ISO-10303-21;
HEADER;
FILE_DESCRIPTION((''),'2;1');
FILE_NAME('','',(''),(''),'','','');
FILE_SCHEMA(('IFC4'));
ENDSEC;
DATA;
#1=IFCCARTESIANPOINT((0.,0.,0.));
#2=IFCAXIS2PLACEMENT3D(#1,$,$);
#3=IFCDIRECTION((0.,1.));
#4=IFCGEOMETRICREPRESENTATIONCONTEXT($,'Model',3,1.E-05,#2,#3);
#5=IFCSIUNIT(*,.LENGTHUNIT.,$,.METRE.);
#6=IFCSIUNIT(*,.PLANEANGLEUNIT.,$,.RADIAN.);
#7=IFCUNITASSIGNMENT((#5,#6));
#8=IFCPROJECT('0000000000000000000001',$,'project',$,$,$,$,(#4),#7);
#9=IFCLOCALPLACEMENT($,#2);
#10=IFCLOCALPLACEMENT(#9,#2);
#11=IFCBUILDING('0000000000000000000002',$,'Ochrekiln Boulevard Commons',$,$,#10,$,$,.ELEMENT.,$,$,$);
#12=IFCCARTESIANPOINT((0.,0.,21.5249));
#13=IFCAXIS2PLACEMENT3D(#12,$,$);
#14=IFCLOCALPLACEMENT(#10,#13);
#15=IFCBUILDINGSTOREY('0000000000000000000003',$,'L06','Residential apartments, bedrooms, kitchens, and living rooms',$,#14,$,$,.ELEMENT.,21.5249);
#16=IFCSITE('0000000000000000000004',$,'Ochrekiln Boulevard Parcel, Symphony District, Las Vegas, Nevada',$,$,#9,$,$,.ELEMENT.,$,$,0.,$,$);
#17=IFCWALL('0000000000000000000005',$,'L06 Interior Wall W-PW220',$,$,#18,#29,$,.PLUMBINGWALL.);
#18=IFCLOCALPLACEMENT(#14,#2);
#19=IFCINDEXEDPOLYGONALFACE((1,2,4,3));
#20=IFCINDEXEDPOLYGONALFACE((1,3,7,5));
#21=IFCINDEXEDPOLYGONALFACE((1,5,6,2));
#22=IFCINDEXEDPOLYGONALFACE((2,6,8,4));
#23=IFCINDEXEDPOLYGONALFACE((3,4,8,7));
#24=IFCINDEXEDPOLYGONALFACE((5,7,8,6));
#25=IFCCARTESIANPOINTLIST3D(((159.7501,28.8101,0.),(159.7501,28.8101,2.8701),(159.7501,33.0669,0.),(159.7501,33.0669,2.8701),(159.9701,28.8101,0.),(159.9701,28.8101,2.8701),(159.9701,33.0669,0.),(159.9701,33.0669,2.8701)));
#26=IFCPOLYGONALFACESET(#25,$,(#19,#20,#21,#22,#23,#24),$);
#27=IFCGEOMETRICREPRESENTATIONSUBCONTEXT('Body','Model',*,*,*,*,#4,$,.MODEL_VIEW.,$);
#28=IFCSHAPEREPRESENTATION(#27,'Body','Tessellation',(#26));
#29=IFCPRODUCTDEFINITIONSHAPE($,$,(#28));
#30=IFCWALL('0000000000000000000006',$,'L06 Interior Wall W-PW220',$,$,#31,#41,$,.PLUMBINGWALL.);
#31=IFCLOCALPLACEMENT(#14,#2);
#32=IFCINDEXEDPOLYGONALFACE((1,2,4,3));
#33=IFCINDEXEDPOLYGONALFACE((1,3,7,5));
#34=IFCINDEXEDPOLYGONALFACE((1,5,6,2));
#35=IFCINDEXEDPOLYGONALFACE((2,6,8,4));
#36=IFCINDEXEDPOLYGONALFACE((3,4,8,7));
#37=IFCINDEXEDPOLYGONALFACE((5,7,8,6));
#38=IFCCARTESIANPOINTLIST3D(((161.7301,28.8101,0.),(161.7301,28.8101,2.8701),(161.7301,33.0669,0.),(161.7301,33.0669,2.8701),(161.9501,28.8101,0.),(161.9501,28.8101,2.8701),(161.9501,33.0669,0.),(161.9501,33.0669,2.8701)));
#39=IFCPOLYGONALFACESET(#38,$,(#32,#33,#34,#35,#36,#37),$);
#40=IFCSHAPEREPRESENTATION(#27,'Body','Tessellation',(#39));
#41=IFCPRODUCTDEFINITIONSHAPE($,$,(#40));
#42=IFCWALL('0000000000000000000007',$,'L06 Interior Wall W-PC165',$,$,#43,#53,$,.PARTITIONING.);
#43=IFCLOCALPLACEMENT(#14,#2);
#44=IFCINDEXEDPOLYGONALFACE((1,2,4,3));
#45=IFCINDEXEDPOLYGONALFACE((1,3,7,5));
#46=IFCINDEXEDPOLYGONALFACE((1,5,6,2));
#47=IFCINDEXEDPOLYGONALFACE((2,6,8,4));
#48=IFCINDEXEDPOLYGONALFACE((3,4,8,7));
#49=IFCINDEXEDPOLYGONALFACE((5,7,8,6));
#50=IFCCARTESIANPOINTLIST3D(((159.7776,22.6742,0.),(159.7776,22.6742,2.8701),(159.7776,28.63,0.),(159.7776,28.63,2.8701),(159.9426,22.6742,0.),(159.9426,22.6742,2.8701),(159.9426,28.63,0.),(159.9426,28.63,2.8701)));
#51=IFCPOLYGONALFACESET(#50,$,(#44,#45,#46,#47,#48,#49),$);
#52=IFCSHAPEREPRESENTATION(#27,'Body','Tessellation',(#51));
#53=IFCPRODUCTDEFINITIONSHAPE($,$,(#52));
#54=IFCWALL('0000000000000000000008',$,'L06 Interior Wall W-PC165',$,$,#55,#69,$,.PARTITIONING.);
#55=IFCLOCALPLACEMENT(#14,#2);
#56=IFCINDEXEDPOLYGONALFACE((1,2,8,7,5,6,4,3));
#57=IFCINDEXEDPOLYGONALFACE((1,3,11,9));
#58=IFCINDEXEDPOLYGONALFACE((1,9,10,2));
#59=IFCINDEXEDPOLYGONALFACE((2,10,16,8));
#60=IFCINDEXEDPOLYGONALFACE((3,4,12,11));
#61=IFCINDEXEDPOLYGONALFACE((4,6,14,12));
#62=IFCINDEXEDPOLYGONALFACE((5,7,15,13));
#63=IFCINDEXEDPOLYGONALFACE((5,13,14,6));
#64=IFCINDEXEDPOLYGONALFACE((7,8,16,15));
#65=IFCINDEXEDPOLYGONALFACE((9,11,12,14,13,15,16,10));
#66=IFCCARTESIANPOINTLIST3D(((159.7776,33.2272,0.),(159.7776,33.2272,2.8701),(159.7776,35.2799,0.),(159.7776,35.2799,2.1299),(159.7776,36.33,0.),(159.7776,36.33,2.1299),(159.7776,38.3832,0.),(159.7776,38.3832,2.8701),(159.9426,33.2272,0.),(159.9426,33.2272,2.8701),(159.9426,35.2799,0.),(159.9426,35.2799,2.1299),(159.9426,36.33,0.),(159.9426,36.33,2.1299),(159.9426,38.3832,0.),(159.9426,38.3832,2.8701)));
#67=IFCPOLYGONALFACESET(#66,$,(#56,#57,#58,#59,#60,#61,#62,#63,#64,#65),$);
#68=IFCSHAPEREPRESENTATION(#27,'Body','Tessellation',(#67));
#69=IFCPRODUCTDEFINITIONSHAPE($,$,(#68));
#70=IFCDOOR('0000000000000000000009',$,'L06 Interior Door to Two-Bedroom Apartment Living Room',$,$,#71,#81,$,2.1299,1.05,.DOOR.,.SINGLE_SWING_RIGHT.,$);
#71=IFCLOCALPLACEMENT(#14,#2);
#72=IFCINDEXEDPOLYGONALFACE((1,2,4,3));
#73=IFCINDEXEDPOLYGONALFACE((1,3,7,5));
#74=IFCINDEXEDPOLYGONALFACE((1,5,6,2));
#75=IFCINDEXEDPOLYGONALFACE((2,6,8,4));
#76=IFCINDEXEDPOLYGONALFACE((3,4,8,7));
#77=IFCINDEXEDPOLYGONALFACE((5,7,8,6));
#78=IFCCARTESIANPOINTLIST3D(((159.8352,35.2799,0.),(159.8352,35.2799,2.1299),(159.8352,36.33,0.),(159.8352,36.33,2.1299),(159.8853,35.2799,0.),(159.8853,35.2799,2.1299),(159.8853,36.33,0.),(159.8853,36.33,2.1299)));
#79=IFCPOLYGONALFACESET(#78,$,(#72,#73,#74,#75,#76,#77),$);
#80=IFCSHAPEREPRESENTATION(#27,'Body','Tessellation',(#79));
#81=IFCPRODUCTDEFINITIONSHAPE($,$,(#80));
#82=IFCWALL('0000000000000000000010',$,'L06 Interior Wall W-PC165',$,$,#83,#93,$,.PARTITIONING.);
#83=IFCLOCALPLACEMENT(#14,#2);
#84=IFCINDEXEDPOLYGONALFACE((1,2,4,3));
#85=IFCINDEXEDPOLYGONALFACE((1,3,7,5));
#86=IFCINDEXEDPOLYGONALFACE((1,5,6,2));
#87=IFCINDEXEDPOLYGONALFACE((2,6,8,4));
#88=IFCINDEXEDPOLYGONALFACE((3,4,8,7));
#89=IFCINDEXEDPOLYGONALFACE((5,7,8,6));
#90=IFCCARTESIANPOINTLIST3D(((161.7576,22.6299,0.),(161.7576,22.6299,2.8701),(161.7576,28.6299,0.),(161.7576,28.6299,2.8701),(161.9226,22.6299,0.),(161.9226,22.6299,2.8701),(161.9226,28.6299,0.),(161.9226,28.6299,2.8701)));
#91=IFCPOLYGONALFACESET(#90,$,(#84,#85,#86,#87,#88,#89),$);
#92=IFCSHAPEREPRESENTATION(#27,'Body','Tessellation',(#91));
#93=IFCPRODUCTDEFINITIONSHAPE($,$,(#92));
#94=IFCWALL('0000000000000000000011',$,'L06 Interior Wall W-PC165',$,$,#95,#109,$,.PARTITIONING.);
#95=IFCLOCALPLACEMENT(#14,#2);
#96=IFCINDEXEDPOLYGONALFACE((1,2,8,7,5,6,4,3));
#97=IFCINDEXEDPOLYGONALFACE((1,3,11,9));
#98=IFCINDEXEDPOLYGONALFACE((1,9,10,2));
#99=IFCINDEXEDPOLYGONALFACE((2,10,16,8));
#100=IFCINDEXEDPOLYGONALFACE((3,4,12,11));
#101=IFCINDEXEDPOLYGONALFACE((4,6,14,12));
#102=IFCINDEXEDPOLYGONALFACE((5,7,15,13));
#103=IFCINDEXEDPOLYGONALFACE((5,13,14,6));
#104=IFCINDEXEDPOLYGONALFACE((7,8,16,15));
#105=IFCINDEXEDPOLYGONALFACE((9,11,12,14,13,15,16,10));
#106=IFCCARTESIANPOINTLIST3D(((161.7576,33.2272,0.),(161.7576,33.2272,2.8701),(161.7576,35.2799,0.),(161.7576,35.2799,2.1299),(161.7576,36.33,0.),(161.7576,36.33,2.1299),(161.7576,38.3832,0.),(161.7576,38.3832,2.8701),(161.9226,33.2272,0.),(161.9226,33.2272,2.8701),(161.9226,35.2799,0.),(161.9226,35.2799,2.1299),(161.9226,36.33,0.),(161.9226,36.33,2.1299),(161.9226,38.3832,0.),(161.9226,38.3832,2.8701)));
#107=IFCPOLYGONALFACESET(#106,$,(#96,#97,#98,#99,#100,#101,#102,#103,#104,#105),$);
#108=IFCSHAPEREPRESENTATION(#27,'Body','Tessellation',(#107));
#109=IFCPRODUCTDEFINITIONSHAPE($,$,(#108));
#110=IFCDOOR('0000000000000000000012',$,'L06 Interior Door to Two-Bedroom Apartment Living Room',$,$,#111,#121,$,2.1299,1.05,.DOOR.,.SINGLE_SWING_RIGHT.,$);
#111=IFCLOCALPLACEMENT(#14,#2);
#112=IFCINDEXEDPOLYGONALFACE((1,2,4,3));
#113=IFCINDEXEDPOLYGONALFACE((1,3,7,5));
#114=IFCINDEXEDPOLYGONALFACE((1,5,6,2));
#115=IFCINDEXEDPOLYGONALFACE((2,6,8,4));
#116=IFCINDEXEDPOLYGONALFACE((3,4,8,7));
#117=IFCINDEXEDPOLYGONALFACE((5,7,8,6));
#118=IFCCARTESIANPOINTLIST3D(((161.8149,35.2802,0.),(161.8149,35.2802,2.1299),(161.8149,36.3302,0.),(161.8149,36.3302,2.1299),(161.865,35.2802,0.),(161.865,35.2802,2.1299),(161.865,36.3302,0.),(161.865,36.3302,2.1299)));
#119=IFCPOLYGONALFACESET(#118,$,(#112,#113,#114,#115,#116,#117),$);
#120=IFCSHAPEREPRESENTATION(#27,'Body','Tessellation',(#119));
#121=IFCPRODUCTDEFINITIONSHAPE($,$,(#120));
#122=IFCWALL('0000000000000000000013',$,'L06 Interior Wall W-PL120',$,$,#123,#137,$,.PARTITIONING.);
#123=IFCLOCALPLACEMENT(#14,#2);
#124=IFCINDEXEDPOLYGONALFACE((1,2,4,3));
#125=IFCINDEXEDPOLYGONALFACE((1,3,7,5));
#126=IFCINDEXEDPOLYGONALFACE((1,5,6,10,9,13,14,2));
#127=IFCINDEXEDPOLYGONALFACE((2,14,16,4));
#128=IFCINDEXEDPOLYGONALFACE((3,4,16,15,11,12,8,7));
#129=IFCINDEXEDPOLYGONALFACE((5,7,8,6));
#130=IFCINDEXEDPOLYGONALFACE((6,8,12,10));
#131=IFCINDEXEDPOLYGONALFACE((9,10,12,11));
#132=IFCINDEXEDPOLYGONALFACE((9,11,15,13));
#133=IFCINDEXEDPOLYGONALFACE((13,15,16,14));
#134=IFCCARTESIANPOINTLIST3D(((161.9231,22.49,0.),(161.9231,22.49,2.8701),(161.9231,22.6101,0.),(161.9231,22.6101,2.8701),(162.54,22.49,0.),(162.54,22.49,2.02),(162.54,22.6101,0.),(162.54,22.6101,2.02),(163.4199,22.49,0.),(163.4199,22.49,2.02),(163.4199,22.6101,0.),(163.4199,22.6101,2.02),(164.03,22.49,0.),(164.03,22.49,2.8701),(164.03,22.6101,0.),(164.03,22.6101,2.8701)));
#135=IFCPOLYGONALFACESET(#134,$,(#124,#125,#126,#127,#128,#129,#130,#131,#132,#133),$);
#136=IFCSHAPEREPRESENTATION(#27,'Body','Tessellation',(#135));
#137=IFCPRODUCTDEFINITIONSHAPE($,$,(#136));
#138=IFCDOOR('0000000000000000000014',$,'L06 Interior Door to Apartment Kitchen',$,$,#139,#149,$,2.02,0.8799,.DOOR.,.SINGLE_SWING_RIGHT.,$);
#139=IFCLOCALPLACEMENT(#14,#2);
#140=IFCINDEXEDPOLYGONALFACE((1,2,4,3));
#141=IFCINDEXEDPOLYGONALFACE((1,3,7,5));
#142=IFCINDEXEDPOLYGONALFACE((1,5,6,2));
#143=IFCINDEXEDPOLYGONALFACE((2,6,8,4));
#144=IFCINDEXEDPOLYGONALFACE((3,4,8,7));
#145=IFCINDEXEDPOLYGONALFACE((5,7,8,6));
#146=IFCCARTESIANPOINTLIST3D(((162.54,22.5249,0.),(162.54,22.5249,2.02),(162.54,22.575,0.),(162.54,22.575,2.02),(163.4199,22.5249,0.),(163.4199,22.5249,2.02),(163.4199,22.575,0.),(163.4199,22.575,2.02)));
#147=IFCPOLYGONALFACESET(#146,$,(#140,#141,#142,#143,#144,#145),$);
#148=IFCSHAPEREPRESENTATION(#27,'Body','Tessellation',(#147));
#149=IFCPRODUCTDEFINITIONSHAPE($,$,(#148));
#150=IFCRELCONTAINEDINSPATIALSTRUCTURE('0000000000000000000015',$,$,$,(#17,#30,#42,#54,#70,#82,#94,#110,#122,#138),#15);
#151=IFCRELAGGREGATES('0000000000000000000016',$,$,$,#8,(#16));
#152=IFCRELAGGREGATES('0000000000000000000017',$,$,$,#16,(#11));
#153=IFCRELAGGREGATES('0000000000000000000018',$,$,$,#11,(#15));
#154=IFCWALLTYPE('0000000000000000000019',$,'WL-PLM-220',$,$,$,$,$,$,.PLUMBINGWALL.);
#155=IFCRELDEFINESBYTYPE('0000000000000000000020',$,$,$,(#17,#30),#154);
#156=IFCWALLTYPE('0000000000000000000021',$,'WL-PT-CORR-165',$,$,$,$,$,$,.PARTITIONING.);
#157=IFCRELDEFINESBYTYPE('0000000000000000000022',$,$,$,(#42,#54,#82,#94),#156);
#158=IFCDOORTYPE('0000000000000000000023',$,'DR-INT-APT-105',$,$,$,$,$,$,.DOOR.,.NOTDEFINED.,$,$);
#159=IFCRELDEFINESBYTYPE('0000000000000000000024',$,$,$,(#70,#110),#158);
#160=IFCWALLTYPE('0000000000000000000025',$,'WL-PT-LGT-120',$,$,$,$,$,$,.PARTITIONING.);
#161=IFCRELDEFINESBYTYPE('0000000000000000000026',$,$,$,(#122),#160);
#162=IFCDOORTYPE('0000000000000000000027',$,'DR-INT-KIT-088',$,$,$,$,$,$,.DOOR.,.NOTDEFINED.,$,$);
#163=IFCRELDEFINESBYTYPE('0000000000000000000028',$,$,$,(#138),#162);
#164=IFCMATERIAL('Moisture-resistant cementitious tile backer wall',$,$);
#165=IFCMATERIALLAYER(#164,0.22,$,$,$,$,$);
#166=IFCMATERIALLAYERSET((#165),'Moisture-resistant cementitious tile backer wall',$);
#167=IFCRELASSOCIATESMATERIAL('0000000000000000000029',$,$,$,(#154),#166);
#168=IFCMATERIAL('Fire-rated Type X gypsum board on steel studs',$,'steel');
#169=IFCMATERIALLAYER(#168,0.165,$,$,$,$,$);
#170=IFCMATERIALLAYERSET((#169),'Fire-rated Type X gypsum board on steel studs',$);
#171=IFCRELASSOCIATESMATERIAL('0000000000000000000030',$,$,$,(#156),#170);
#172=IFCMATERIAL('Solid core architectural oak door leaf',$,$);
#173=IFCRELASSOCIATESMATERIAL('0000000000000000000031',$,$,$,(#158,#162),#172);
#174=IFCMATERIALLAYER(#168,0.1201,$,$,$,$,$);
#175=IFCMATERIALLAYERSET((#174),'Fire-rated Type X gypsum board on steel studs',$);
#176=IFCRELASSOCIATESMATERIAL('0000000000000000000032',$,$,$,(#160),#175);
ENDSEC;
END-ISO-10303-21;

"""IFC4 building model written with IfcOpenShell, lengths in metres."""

from ifc_helpers import new_model, si_unit, direction, frame, frame_2d, origin, place, context, subcontext, project, spatial, rectangle, extrude, material, layer, layer_set, type_object, element, fill, save


model = new_model("IFC4")

# Units and contexts
model_context = context("Model", 3, precision=1e-05, world=origin(), true_north=direction((0.0, 1.0)))
body_context = subcontext(model_context, "Body", "Model", "MODEL_VIEW")
ifc_project = project(units=[si_unit("LENGTHUNIT", "METRE"), si_unit("PLANEANGLEUNIT", "RADIAN")], contexts=[model_context])

# Site, building, storey
site_placement = place(None, origin())
site = spatial("IfcSite", under=ifc_project, at=site_placement, Name="Ochrekiln Boulevard Parcel, Symphony District, Las Vegas, Nevada", CompositionType="ELEMENT", RefElevation=0.0)
building_placement = place(site_placement, origin())
building = spatial("IfcBuilding", under=site, at=building_placement, Name="Ochrekiln Boulevard Commons", CompositionType="ELEMENT")
storey_placement = place(building_placement, frame((0.0, 0.0, 21.5249)))
storey = spatial("IfcBuildingStorey", under=building, at=storey_placement, Name="L06", Description="Residential apartments, bedrooms, kitchens, and living rooms", CompositionType="ELEMENT", Elevation=21.5249)

# Shared definitions
ifc_material_1 = material(Name="Moisture-resistant cementitious tile backer wall")

# Shared definitions
ifc_material_2 = material(Name="Solid core architectural oak door leaf")

# Walls
ifc_layer_1 = layer(ifc_material_1, 0.22)
ifc_layer_set_1 = layer_set([ifc_layer_1], Name="Moisture-resistant cementitious tile backer wall")
wall_type_1 = type_object("IfcWallType", Name="WL-PLM-220", PredefinedType="PLUMBINGWALL", material=ifc_layer_set_1)
for number, where, z_axis, x_axis, name in (
    (1, (159.8601, 28.8101, 0.0), (0.0, 0.0, 1.0), (0.0, 1.0, 0.0), "L06 Interior Wall W-PW220"),
    (2, (161.8401, 28.8101, 0.0), (0.0, 0.0, 1.0), (0.0, 1.0, 0.0), "L06 Interior Wall W-PW220"),
):
    element("IfcWall", number, at=place(storey_placement, frame(where, z_axis=z_axis, x_axis=x_axis)), inside=storey, type_object=wall_type_1, Name=name, PredefinedType="PLUMBINGWALL", context=body_context, shape_type="SweptSolid", body=[
        extrude(rectangle(XDim=4.2568, YDim=0.22, at=frame_2d((2.1284, 0.0))), origin(), (0.0, 0.0, 1.0), 2.8701),
    ])
ifc_material_3 = material(Name="Fire-rated Type X gypsum board on steel studs", Category="steel")
ifc_layer_2 = layer(ifc_material_3, 0.165)
ifc_layer_set_2 = layer_set([ifc_layer_2], Name="Fire-rated Type X gypsum board on steel studs")
wall_type_2 = type_object("IfcWallType", Name="WL-PT-CORR-165", PredefinedType="PARTITIONING", material=ifc_layer_set_2)
wall_1_placement = place(storey_placement, frame((159.8601, 22.6741, 0.0), z_axis=(0.0, 0.0, 1.0), x_axis=(0.0, 1.0, 0.0)))
element("IfcWall", 3, at=wall_1_placement, inside=storey, type_object=wall_type_2, Name="L06 Interior Wall W-PC165", PredefinedType="PARTITIONING", context=body_context, shape_type="SweptSolid", body=[
    extrude(rectangle(XDim=5.9558, YDim=0.165, at=frame_2d((2.978, 0.0))), origin(), (0.0, 0.0, 1.0), 2.8701),
])

# Wall, opening, door
wall_2_placement = place(storey_placement, frame((159.8601, 33.2271, 0.0), z_axis=(0.0, 0.0, 1.0), x_axis=(0.0, 1.0, 0.0)))
wall_2 = element("IfcWall", 4, at=wall_2_placement, inside=storey, type_object=wall_type_2, Name="L06 Interior Wall W-PC165", PredefinedType="PARTITIONING", context=body_context, shape_type="SweptSolid", body=[
    extrude(rectangle(XDim=5.156, YDim=0.165, at=frame_2d((2.5781, 0.0))), origin(), (0.0, 0.0, 1.0), 2.8701),
])
opening_1_placement = place(wall_2_placement, frame((2.053, 0.0, 0.0)))
opening_1 = element("IfcOpeningElement", 5, at=opening_1_placement, cuts=wall_2, PredefinedType="OPENING", context=body_context, shape_type="SweptSolid", body=[
    extrude(rectangle(XDim=1.05, YDim=2.1299, at=frame_2d((0.5249, 1.0649))), frame((0.0, 0.0925, 0.0), z_axis=(0.0, -1.0, 0.0), x_axis=(1.0, 0.0, 0.0)), (0.0, 0.0, 1.0), 0.1851),
])
door_type_1 = type_object("IfcDoorType", Name="DR-INT-APT-105", OperationType="NOTDEFINED", PredefinedType="DOOR", material=ifc_material_2)
door_1_placement = place(opening_1_placement, origin())
door_1 = element("IfcDoor", 6, at=door_1_placement, inside=storey, type_object=door_type_1, Name="L06 Interior Door to Two-Bedroom Apartment Living Room", OperationType="SINGLE_SWING_RIGHT", OverallHeight=2.1299, OverallWidth=1.05, PredefinedType="DOOR", context=body_context, shape_type="SweptSolid", body=[
    extrude(rectangle(XDim=1.05, YDim=2.1299, at=frame_2d((0.5249, 1.0649))), frame((0.0, 0.0249, 0.0), z_axis=(0.0, -1.0, 0.0), x_axis=(1.0, 0.0, 0.0)), (0.0, 0.0, 1.0), 0.05),
])
fill(opening_1, door_1)

# Wall
wall_3_placement = place(storey_placement, frame((161.8401, 22.6299, 0.0), z_axis=(0.0, 0.0, 1.0), x_axis=(0.0, 1.0, 0.0)))
element("IfcWall", 7, at=wall_3_placement, inside=storey, type_object=wall_type_2, Name="L06 Interior Wall W-PC165", PredefinedType="PARTITIONING", context=body_context, shape_type="SweptSolid", body=[
    extrude(rectangle(XDim=6.0, YDim=0.165, at=frame_2d((3.0, 0.0))), origin(), (0.0, 0.0, 1.0), 2.8701),
])

# Walls, openings, doors
wall_4_placement = place(storey_placement, frame((161.8401, 33.2271, 0.0), z_axis=(0.0, 0.0, 1.0), x_axis=(0.0, 1.0, 0.0)))
wall_4 = element("IfcWall", 8, at=wall_4_placement, inside=storey, type_object=wall_type_2, Name="L06 Interior Wall W-PC165", PredefinedType="PARTITIONING", context=body_context, shape_type="SweptSolid", body=[
    extrude(rectangle(XDim=5.156, YDim=0.165, at=frame_2d((2.5781, 0.0))), origin(), (0.0, 0.0, 1.0), 2.8701),
])
opening_2_placement = place(wall_4_placement, frame((2.053, 0.0, 0.0)))
opening_2 = element("IfcOpeningElement", 9, at=opening_2_placement, cuts=wall_4, PredefinedType="OPENING", context=body_context, shape_type="SweptSolid", body=[
    extrude(rectangle(XDim=1.05, YDim=2.1299, at=frame_2d((0.5249, 1.0649))), frame((0.0, 0.0925, 0.0), z_axis=(0.0, -1.0, 0.0), x_axis=(1.0, 0.0, 0.0)), (0.0, 0.0, 1.0), 0.1851),
])
door_2_placement = place(opening_2_placement, frame((1.05, 0.0, 0.0), z_axis=(0.0, 0.0, 1.0), x_axis=(-1.0, 0.0, 0.0)))
door_2 = element("IfcDoor", 10, at=door_2_placement, inside=storey, type_object=door_type_1, Name="L06 Interior Door to Two-Bedroom Apartment Living Room", OperationType="SINGLE_SWING_RIGHT", OverallHeight=2.1299, OverallWidth=1.05, PredefinedType="DOOR", context=body_context, shape_type="SweptSolid", body=[
    extrude(rectangle(XDim=1.05, YDim=2.1299, at=frame_2d((0.5249, 1.0649))), frame((0.0, 0.0249, 0.0), z_axis=(0.0, -1.0, 0.0), x_axis=(1.0, 0.0, 0.0)), (0.0, 0.0, 1.0), 0.05),
])
fill(opening_2, door_2)
ifc_layer_3 = layer(ifc_material_3, 0.1201)
ifc_layer_set_3 = layer_set([ifc_layer_3], Name="Fire-rated Type X gypsum board on steel studs")
wall_type_3 = type_object("IfcWallType", Name="WL-PT-LGT-120", PredefinedType="PARTITIONING", material=ifc_layer_set_3)
wall_5_placement = place(storey_placement, frame((161.9231, 22.55, 0.0), z_axis=(0.0, 0.0, 1.0), x_axis=(1.0, 0.0, 0.0)))
wall_5 = element("IfcWall", 11, at=wall_5_placement, inside=storey, type_object=wall_type_3, Name="L06 Interior Wall W-PL120", PredefinedType="PARTITIONING", context=body_context, shape_type="SweptSolid", body=[
    extrude(rectangle(XDim=2.1069, YDim=0.1201, at=frame_2d((1.0535, 0.0))), origin(), (0.0, 0.0, 1.0), 2.8701),
])
opening_3_placement = place(wall_5_placement, frame((0.6169, 0.0, 0.0)))
opening_3 = element("IfcOpeningElement", 12, at=opening_3_placement, cuts=wall_5, PredefinedType="OPENING", context=body_context, shape_type="SweptSolid", body=[
    extrude(rectangle(XDim=0.8799, YDim=2.02, at=frame_2d((0.4399, 1.01))), frame((0.0, 0.0701, 0.0), z_axis=(0.0, -1.0, 0.0), x_axis=(1.0, 0.0, 0.0)), (0.0, 0.0, 1.0), 0.1401),
])
door_type_2 = type_object("IfcDoorType", Name="DR-INT-KIT-088", OperationType="NOTDEFINED", PredefinedType="DOOR", material=ifc_material_2)
door_3_placement = place(opening_3_placement, origin())
door_3 = element("IfcDoor", 13, at=door_3_placement, inside=storey, type_object=door_type_2, Name="L06 Interior Door to Apartment Kitchen", OperationType="SINGLE_SWING_RIGHT", OverallHeight=2.02, OverallWidth=0.8799, PredefinedType="DOOR", context=body_context, shape_type="SweptSolid", body=[
    extrude(rectangle(XDim=0.8799, YDim=2.02, at=frame_2d((0.4399, 1.01))), frame((0.0, 0.0249, 0.0), z_axis=(0.0, -1.0, 0.0), x_axis=(1.0, 0.0, 0.0)), (0.0, 0.0, 1.0), 0.05),
])
fill(opening_3, door_3)

save(model, "model.ifc")
